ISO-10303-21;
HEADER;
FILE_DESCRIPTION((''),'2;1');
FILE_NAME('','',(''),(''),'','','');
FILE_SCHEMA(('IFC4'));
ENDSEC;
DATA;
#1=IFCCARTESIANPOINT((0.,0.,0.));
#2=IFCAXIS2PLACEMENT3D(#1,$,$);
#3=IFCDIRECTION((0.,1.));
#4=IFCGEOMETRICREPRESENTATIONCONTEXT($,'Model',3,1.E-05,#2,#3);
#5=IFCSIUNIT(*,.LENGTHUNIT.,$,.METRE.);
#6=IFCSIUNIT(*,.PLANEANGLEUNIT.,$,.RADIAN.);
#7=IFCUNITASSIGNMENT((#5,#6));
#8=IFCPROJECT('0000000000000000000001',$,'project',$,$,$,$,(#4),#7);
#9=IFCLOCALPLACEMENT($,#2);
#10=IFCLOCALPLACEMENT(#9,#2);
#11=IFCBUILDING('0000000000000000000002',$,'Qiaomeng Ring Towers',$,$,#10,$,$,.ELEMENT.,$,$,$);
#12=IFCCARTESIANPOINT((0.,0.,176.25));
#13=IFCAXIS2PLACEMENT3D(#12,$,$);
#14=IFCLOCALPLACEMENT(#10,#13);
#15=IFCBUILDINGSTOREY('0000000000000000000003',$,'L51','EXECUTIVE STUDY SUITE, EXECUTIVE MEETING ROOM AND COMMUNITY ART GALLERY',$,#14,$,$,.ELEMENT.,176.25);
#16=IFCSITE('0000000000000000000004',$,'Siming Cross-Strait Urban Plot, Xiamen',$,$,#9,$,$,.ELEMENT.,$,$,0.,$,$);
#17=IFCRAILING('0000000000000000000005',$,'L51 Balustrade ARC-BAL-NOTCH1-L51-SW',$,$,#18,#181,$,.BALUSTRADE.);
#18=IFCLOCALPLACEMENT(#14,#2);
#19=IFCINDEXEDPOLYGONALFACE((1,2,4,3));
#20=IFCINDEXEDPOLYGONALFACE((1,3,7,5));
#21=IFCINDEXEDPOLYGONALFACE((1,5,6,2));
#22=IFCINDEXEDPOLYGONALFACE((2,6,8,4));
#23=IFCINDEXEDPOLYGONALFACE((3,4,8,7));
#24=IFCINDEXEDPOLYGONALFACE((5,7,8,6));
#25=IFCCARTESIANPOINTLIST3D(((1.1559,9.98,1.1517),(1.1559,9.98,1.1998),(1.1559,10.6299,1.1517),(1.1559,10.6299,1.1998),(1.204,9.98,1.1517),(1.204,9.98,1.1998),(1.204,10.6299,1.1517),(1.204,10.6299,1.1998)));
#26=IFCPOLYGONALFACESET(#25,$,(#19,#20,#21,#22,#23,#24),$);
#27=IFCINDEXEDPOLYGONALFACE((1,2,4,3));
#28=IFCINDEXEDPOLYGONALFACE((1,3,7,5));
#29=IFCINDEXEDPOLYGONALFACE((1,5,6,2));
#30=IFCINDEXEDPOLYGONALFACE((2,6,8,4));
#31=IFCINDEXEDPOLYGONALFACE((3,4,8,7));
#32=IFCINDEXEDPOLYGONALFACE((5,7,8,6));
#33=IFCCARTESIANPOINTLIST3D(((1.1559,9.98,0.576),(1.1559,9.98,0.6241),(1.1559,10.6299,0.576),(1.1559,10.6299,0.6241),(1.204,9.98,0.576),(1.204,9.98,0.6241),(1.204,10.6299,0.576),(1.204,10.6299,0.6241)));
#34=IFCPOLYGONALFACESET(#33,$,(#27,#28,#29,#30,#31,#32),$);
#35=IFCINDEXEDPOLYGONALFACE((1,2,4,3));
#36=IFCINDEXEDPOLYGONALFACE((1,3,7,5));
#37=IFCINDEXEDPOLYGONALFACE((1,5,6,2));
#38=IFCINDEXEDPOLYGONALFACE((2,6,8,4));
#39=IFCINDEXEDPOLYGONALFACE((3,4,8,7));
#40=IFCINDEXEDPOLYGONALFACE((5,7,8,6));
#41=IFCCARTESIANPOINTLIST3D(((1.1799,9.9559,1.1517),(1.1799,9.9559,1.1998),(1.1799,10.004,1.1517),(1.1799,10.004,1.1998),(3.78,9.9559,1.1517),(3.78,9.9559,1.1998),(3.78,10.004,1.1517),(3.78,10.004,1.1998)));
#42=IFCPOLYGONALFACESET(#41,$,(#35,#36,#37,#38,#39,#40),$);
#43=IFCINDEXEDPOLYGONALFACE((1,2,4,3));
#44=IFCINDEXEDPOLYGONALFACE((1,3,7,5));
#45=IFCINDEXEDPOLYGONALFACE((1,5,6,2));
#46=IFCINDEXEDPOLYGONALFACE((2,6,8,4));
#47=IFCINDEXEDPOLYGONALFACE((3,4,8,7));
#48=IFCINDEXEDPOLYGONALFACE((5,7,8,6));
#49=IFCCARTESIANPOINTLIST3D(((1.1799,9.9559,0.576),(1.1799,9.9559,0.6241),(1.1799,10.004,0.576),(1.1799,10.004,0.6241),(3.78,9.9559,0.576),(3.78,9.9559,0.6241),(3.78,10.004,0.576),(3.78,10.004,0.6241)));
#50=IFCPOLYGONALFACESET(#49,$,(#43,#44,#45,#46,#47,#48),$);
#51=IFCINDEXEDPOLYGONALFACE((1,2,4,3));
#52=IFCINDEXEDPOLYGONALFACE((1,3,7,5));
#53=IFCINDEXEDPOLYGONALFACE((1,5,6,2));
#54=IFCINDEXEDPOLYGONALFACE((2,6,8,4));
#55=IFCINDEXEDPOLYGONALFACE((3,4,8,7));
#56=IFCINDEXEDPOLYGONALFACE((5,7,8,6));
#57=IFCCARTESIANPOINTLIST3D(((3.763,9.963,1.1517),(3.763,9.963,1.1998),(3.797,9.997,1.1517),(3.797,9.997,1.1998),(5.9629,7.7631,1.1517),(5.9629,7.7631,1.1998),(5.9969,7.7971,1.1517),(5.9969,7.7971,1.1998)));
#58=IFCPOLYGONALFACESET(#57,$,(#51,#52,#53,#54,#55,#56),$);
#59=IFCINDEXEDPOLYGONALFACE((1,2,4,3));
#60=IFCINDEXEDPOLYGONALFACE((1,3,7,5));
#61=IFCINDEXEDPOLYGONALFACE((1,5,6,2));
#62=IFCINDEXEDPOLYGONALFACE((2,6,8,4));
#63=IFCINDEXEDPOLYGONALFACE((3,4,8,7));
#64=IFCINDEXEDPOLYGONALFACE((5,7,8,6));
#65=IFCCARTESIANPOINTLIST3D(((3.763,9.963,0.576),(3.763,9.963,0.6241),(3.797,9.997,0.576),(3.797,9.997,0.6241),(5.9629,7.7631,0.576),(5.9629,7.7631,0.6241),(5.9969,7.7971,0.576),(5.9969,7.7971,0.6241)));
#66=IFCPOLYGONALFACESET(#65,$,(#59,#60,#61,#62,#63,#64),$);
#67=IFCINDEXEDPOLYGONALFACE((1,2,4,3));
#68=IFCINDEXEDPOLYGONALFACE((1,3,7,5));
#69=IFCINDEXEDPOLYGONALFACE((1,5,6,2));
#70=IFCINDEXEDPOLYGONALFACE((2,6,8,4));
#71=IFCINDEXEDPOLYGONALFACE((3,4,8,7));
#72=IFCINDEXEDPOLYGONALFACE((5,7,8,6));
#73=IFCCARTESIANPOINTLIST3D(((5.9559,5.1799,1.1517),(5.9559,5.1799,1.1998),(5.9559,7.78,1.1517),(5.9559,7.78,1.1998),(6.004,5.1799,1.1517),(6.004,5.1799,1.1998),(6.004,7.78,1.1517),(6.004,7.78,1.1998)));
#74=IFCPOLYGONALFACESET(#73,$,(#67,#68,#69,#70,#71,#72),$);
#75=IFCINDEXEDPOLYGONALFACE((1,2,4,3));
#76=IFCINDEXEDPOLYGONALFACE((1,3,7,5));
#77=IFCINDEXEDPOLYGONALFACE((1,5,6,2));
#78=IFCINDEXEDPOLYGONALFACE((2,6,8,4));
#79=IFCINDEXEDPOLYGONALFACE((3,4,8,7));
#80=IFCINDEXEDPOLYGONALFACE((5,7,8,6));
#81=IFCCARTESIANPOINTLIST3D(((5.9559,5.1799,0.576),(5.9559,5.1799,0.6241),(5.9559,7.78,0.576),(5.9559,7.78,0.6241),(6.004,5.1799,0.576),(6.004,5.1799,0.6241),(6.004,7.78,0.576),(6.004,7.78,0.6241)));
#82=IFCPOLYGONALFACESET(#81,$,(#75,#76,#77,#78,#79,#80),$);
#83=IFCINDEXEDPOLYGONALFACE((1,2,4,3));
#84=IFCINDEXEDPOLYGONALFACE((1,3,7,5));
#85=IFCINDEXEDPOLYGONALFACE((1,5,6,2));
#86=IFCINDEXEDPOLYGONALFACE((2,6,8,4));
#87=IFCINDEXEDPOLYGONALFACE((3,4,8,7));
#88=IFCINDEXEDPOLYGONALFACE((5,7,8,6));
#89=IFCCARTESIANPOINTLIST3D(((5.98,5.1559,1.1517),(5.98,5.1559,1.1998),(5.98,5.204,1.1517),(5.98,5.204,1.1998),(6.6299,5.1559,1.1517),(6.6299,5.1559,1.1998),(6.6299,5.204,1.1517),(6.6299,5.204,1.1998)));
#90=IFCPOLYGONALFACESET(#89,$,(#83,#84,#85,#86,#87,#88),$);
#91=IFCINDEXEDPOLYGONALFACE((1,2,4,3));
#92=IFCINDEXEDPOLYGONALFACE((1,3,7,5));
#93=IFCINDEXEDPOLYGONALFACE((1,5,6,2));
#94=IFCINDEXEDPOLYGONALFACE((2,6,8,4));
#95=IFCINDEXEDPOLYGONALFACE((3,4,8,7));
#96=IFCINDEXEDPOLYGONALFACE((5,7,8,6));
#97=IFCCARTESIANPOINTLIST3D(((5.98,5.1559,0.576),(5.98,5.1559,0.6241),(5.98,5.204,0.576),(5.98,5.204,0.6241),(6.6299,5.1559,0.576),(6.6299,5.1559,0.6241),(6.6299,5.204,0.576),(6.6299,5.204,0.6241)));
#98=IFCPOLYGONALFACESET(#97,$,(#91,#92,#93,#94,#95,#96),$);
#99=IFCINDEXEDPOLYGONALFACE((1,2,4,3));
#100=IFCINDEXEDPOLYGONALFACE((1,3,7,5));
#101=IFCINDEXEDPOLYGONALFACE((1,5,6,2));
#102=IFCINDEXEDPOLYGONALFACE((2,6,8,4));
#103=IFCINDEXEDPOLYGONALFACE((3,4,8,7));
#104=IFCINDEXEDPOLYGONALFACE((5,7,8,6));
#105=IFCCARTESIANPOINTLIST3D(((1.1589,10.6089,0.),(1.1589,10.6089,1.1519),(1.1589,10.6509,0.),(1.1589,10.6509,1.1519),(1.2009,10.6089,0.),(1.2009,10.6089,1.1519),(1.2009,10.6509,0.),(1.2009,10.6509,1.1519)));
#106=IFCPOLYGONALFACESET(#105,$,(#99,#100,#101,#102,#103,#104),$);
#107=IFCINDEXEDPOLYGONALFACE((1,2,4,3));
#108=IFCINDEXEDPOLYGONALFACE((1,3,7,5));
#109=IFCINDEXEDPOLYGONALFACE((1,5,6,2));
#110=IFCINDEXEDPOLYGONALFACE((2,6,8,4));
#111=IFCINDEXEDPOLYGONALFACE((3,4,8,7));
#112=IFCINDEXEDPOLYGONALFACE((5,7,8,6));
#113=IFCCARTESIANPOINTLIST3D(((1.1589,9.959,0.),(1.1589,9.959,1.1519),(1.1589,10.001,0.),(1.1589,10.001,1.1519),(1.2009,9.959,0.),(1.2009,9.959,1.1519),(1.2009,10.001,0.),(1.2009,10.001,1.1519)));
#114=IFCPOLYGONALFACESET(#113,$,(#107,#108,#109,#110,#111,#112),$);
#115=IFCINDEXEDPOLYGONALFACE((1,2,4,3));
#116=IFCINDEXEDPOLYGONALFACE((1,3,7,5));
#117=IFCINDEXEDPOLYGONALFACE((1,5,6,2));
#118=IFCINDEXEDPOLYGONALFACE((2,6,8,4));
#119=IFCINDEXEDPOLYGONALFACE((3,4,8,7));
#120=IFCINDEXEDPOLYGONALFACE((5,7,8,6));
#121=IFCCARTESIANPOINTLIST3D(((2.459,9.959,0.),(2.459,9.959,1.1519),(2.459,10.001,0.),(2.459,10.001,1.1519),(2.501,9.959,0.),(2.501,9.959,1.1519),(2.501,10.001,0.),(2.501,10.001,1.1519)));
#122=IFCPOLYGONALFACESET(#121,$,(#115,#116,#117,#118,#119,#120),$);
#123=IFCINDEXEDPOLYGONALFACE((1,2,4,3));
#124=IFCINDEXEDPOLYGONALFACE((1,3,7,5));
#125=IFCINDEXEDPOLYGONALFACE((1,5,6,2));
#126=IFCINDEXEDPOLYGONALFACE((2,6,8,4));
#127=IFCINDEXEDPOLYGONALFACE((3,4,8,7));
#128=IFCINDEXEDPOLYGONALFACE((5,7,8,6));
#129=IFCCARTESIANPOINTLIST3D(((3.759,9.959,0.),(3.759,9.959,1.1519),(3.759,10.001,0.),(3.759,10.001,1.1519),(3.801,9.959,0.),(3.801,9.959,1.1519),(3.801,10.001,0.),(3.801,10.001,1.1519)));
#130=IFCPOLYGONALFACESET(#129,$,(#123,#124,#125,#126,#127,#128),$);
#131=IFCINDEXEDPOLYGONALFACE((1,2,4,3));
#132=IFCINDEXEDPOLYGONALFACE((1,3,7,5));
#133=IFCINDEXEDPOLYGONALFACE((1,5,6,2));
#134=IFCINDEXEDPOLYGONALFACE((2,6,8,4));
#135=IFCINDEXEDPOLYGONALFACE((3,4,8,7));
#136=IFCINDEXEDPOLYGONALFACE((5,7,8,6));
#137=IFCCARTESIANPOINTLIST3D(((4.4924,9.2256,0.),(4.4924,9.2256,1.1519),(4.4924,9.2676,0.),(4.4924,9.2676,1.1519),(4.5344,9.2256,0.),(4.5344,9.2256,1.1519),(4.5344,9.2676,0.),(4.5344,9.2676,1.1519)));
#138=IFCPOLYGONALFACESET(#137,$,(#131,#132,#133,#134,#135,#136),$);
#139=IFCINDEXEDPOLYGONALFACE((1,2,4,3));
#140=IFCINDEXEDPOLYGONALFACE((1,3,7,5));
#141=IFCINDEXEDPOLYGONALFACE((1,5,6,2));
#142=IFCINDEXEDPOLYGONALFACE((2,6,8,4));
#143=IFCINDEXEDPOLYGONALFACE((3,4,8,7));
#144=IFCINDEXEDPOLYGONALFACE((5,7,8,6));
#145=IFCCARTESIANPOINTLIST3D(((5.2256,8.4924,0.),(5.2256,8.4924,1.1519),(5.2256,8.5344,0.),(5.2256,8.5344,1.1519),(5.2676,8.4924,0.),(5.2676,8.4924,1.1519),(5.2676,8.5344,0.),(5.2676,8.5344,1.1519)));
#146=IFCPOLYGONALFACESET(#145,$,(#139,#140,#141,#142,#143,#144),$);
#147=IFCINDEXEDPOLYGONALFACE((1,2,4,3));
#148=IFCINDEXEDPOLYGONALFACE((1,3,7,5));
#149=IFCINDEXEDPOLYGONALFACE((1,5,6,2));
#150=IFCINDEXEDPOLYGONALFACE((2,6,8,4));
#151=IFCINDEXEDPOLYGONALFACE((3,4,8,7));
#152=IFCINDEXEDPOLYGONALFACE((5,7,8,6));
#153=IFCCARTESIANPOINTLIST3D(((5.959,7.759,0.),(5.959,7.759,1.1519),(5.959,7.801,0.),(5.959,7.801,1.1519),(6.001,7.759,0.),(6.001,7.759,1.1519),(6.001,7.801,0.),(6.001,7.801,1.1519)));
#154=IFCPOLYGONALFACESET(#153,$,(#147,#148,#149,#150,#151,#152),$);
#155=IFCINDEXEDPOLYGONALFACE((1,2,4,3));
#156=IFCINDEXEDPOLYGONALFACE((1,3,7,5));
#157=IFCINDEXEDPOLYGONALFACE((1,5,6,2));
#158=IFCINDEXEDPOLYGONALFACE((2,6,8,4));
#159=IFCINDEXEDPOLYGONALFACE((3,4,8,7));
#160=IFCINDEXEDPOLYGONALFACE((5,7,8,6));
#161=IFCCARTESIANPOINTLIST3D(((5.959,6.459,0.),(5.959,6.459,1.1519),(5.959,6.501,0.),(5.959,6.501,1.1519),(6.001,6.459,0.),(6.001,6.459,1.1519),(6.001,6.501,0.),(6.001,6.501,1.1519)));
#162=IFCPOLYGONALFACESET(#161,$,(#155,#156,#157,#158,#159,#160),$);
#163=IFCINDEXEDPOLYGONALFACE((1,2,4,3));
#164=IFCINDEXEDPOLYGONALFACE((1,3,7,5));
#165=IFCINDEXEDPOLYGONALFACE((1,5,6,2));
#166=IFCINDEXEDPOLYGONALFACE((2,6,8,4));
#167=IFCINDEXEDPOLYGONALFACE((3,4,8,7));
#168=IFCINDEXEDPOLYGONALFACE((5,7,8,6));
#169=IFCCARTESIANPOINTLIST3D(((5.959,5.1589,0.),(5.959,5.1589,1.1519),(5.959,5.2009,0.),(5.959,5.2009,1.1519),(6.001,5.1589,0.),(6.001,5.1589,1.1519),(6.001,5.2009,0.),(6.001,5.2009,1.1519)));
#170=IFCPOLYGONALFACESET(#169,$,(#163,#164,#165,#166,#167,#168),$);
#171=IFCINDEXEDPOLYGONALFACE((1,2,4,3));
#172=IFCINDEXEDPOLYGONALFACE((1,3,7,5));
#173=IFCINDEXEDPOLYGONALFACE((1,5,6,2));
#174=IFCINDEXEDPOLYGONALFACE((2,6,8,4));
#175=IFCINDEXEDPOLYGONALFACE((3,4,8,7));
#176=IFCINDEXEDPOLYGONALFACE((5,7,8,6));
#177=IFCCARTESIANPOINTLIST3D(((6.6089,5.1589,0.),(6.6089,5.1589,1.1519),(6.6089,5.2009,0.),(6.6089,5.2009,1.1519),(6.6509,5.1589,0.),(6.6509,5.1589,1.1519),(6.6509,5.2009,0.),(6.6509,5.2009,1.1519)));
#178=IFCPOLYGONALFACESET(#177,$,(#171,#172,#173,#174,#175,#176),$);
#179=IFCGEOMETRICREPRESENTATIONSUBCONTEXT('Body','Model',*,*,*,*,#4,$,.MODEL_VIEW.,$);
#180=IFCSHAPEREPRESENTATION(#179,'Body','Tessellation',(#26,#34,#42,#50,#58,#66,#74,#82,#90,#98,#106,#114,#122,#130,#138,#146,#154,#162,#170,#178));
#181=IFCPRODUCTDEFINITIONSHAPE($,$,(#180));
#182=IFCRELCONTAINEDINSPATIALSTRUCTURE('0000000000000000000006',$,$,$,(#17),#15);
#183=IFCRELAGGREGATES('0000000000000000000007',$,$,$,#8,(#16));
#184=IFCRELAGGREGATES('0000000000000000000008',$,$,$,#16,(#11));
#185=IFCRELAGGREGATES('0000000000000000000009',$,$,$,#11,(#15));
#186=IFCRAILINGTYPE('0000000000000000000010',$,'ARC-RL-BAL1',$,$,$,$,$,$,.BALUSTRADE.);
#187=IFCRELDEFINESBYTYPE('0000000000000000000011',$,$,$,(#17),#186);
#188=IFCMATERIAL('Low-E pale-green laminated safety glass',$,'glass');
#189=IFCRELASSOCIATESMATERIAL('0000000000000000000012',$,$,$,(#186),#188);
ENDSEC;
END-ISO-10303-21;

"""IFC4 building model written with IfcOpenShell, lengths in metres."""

from ifc_helpers import new_model, si_unit, direction, frame, origin, origin_2d, place, context, subcontext, project, spatial, rectangle, extrude, material, type_object, element, save


model = new_model("IFC4")

# Units and contexts
model_context = context("Model", 3, precision=1e-05, world=origin(), true_north=direction((0.0, 1.0)))
body_context = subcontext(model_context, "Body", "Model", "MODEL_VIEW")
ifc_project = project(units=[si_unit("LENGTHUNIT", "METRE"), si_unit("PLANEANGLEUNIT", "RADIAN")], contexts=[model_context])

# Site, building, storey
site_placement = place(None, origin())
site = spatial("IfcSite", under=ifc_project, at=site_placement, Name="Siming Cross-Strait Urban Plot, Xiamen", CompositionType="ELEMENT", RefElevation=0.0)
building_placement = place(site_placement, origin())
building = spatial("IfcBuilding", under=site, at=building_placement, Name="Qiaomeng Ring Towers", CompositionType="ELEMENT")
storey_placement = place(building_placement, frame((0.0, 0.0, 176.25)))
storey = spatial("IfcBuildingStorey", under=building, at=storey_placement, Name="L51", Description="EXECUTIVE STUDY SUITE, EXECUTIVE MEETING ROOM AND COMMUNITY ART GALLERY", CompositionType="ELEMENT", Elevation=176.25)

# Railing
ifc_material_1 = material(Name="Low-E pale-green laminated safety glass", Category="glass")
railing_type = type_object("IfcRailingType", Name="ARC-RL-BAL1", PredefinedType="BALUSTRADE", material=ifc_material_1)
railing_placement = place(storey_placement, frame((1.1799, 10.6299, 0.0)))
element("IfcRailing", 1, at=railing_placement, inside=storey, type_object=railing_type, Name="L51 Balustrade ARC-BAL-NOTCH1-L51-SW", PredefinedType="BALUSTRADE", context=body_context, shape_type="SweptSolid", body=[
    extrude(rectangle(XDim=0.0481, YDim=0.0481, at=origin_2d()), frame((0.0, 0.0, 1.1758), z_axis=(0.0, -1.0, 0.0), x_axis=(1.0, 0.0, 0.0)), (0.0, 0.0, 1.0), 0.6499),
    extrude(rectangle(XDim=0.0481, YDim=0.0481, at=origin_2d()), frame((0.0, 0.0, 0.6001), z_axis=(0.0, -1.0, 0.0), x_axis=(1.0, 0.0, 0.0)), (0.0, 0.0, 1.0), 0.6499),
    extrude(rectangle(XDim=0.0481, YDim=0.0481, at=origin_2d()), frame((0.0, -0.6499, 1.1758), z_axis=(1.0, 0.0, 0.0), x_axis=(0.0, 1.0, 0.0)), (0.0, 0.0, 1.0), 2.6001),
    extrude(rectangle(XDim=0.0481, YDim=0.0481, at=origin_2d()), frame((0.0, -0.6499, 0.6001), z_axis=(1.0, 0.0, 0.0), x_axis=(0.0, 1.0, 0.0)), (0.0, 0.0, 1.0), 2.6001),
    extrude(rectangle(XDim=0.0481, YDim=0.0481, at=origin_2d()), frame((2.6001, -0.6499, 1.1758), z_axis=(0.707107, -0.707107, 0.0), x_axis=(0.707107, 0.707107, 0.0)), (0.0, 0.0, 1.0), 3.1111),
    extrude(rectangle(XDim=0.0481, YDim=0.0481, at=origin_2d()), frame((2.6001, -0.6499, 0.6001), z_axis=(0.707107, -0.707107, 0.0), x_axis=(0.707107, 0.707107, 0.0)), (0.0, 0.0, 1.0), 3.1111),
    extrude(rectangle(XDim=0.0481, YDim=0.0481, at=origin_2d()), frame((4.8, -2.8499, 1.1758), z_axis=(0.0, -1.0, 0.0), x_axis=(1.0, 0.0, 0.0)), (0.0, 0.0, 1.0), 2.6001),
    extrude(rectangle(XDim=0.0481, YDim=0.0481, at=origin_2d()), frame((4.8, -2.8499, 0.6001), z_axis=(0.0, -1.0, 0.0), x_axis=(1.0, 0.0, 0.0)), (0.0, 0.0, 1.0), 2.6001),
    extrude(rectangle(XDim=0.0481, YDim=0.0481, at=origin_2d()), frame((4.8, -5.45, 1.1758), z_axis=(1.0, 0.0, 0.0), x_axis=(0.0, 1.0, 0.0)), (0.0, 0.0, 1.0), 0.6499),
    extrude(rectangle(XDim=0.0481, YDim=0.0481, at=origin_2d()), frame((4.8, -5.45, 0.6001), z_axis=(1.0, 0.0, 0.0), x_axis=(0.0, 1.0, 0.0)), (0.0, 0.0, 1.0), 0.6499),
    extrude(rectangle(XDim=0.042, YDim=0.042, at=origin_2d()), origin(), (0.0, 0.0, 1.0), 1.1519),
    extrude(rectangle(XDim=0.042, YDim=0.042, at=origin_2d()), frame((0.0, -0.6499, 0.0)), (0.0, 0.0, 1.0), 1.1519),
    extrude(rectangle(XDim=0.042, YDim=0.042, at=origin_2d()), frame((1.3, -0.6499, 0.0)), (0.0, 0.0, 1.0), 1.1519),
    extrude(rectangle(XDim=0.042, YDim=0.042, at=origin_2d()), frame((2.6001, -0.6499, 0.0)), (0.0, 0.0, 1.0), 1.1519),
    extrude(rectangle(XDim=0.042, YDim=0.042, at=origin_2d()), frame((3.3335, -1.3833, 0.0)), (0.0, 0.0, 1.0), 1.1519),
    extrude(rectangle(XDim=0.042, YDim=0.042, at=origin_2d()), frame((4.0667, -2.1165, 0.0)), (0.0, 0.0, 1.0), 1.1519),
    extrude(rectangle(XDim=0.042, YDim=0.042, at=origin_2d()), frame((4.8, -2.8499, 0.0)), (0.0, 0.0, 1.0), 1.1519),
    extrude(rectangle(XDim=0.042, YDim=0.042, at=origin_2d()), frame((4.8, -4.1499, 0.0)), (0.0, 0.0, 1.0), 1.1519),
    extrude(rectangle(XDim=0.042, YDim=0.042, at=origin_2d()), frame((4.8, -5.45, 0.0)), (0.0, 0.0, 1.0), 1.1519),
    extrude(rectangle(XDim=0.042, YDim=0.042, at=origin_2d()), frame((5.45, -5.45, 0.0)), (0.0, 0.0, 1.0), 1.1519),
])

save(model, "model.ifc")
